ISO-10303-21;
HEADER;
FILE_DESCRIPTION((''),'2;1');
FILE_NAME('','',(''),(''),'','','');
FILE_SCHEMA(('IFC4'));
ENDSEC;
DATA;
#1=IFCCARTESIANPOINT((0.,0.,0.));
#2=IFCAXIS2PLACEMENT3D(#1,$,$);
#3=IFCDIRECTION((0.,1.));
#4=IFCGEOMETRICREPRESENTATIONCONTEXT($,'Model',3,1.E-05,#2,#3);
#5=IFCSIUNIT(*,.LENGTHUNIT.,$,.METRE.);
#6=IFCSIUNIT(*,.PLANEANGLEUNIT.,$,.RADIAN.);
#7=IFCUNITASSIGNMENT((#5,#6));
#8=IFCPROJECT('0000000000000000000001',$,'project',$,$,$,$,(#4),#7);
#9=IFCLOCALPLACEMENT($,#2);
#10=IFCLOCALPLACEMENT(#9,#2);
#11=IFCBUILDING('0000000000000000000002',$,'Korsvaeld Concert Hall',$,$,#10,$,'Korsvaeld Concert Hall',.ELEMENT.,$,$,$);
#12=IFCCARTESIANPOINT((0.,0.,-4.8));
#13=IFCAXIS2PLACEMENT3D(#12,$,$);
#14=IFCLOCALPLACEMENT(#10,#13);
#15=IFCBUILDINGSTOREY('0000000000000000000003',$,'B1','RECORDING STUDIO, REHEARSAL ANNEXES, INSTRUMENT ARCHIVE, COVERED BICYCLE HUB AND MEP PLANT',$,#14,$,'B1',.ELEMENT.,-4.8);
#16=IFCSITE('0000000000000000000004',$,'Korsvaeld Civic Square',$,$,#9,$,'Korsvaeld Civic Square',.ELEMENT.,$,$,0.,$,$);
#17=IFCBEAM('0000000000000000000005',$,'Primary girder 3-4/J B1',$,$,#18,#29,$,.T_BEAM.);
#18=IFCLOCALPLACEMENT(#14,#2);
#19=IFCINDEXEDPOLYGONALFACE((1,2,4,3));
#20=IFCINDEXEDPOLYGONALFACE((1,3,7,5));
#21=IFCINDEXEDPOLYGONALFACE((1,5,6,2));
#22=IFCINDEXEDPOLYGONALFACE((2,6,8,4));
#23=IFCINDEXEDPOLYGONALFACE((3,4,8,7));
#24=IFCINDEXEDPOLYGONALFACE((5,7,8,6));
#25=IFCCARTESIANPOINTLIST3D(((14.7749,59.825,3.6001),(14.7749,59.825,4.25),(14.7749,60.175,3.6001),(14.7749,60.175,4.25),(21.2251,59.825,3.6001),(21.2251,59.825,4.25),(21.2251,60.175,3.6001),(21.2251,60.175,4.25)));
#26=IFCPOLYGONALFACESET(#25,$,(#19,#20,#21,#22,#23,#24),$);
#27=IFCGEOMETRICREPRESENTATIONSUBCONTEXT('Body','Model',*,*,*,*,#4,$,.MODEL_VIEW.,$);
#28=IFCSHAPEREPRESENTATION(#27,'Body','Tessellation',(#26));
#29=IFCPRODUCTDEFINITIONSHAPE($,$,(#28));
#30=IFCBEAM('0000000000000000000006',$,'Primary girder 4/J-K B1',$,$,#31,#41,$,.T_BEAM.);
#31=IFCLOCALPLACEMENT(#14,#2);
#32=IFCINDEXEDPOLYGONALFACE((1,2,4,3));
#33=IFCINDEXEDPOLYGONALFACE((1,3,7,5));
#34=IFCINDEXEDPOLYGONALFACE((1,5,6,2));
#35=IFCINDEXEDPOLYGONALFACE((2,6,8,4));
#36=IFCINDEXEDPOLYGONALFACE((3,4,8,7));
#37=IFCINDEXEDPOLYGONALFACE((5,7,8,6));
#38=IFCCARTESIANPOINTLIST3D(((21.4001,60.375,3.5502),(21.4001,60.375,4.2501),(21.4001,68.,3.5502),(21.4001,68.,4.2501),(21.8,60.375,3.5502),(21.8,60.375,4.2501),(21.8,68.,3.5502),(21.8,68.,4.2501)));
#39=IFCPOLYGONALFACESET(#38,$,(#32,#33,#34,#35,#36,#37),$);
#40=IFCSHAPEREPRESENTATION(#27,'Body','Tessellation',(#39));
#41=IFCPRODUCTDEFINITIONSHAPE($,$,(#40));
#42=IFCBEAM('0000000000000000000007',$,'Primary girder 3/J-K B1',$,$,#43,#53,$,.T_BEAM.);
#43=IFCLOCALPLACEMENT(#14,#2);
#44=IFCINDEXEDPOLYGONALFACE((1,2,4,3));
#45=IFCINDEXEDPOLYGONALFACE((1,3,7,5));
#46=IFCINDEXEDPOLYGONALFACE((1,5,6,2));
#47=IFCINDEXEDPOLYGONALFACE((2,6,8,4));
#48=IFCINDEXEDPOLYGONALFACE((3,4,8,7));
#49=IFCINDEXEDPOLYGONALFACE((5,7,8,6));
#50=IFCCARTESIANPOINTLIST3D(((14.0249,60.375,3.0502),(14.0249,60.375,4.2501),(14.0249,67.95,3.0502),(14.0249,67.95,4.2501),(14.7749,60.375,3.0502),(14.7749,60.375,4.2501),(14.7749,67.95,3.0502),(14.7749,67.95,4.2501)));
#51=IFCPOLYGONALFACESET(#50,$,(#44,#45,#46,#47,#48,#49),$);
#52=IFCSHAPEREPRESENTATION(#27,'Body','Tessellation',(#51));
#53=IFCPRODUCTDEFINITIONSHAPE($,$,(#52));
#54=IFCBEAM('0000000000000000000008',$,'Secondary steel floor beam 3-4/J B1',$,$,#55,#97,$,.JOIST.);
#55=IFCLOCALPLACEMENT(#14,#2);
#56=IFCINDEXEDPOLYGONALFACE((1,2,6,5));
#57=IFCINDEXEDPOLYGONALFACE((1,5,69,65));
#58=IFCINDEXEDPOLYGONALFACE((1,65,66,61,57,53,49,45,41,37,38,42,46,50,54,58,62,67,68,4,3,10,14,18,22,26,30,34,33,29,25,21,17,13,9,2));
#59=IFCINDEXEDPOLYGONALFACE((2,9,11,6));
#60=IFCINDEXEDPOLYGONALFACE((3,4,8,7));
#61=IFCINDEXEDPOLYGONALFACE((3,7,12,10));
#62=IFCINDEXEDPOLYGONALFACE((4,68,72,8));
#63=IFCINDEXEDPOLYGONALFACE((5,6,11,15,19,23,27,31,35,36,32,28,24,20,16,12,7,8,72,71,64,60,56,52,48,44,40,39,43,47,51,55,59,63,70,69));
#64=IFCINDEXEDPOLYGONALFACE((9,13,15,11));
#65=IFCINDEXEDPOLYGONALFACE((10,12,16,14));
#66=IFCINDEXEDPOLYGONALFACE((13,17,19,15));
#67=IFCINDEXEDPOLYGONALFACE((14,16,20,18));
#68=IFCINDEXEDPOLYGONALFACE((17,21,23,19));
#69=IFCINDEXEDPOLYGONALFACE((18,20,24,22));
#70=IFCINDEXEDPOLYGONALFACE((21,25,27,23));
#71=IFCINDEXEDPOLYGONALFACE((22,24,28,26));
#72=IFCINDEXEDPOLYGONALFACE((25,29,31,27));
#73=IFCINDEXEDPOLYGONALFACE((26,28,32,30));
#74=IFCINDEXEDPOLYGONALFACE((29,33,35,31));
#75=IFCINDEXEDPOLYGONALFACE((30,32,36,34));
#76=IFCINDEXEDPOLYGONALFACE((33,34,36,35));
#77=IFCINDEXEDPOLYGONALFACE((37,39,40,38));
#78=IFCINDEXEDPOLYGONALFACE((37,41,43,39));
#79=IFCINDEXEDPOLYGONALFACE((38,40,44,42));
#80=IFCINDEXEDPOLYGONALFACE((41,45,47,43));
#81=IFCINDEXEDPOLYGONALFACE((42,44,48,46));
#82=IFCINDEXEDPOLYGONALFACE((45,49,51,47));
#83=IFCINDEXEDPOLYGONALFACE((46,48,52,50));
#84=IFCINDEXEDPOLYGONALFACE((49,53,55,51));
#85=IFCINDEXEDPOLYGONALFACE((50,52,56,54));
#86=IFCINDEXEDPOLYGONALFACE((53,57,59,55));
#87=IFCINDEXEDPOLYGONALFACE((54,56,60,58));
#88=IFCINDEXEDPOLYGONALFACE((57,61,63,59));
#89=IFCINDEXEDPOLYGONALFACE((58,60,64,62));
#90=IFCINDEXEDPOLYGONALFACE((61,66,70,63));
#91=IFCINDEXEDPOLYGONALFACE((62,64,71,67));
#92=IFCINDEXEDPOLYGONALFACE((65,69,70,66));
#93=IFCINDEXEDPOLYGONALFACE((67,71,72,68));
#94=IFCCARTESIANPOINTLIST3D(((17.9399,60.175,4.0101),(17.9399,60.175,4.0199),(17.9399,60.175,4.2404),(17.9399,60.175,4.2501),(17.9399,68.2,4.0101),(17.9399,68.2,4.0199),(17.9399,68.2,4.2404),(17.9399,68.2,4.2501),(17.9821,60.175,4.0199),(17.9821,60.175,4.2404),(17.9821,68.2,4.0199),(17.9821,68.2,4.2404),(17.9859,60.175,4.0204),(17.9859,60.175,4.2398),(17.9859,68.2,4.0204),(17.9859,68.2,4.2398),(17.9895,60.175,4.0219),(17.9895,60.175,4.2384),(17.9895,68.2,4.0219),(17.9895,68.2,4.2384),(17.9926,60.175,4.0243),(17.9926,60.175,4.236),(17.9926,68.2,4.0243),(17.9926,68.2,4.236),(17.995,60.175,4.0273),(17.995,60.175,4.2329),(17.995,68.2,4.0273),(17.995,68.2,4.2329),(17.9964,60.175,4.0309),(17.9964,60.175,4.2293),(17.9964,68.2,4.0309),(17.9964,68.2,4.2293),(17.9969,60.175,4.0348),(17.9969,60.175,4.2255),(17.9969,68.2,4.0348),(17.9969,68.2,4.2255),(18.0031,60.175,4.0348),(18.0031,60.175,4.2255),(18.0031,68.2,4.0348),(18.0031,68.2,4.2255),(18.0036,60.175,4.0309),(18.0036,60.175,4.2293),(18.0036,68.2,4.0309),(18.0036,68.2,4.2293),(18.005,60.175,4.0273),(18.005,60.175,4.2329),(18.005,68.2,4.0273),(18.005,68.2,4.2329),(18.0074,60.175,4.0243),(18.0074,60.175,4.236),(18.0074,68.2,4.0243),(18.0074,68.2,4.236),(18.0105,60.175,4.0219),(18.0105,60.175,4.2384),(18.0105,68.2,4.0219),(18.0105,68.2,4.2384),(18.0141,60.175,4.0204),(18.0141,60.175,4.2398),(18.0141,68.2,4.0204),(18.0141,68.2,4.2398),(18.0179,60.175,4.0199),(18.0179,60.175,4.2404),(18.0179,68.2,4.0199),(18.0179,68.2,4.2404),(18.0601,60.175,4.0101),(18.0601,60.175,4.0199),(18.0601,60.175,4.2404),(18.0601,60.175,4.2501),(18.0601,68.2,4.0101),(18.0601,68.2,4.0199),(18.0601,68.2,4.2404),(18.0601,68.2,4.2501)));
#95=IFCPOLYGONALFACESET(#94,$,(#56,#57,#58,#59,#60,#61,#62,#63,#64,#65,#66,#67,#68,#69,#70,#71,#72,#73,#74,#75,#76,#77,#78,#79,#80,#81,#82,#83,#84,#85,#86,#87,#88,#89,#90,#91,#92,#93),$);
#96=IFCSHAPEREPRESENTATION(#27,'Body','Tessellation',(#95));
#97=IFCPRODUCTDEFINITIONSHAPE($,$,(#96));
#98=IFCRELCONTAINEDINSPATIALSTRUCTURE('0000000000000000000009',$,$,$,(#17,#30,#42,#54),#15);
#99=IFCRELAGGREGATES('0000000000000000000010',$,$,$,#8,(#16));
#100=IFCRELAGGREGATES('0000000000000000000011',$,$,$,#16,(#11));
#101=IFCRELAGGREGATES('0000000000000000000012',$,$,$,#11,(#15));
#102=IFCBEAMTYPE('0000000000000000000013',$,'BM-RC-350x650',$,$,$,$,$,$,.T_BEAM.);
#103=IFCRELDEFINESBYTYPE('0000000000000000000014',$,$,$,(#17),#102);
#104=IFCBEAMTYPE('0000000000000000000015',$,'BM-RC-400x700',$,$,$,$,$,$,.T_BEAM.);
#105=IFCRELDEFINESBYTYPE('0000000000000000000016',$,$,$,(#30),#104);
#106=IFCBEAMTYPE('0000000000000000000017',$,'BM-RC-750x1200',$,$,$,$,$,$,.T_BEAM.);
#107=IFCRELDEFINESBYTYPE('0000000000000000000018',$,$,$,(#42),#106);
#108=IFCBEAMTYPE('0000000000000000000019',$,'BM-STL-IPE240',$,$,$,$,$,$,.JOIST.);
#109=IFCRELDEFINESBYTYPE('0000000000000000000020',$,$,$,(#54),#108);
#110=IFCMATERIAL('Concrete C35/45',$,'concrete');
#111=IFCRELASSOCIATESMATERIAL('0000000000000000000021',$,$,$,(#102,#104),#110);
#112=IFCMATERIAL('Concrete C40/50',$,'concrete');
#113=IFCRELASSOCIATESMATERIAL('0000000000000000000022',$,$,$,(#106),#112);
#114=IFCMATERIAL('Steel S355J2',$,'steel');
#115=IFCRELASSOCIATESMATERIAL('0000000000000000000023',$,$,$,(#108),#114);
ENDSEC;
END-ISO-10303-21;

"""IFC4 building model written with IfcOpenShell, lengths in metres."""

from ifc_helpers import new_model, si_unit, direction, frame, origin, origin_2d, place, context, subcontext, project, spatial, rectangle, i_section, extrude, material, material_profile, profile_set, type_object, element, save


model = new_model("IFC4")

# Units and contexts
model_context = context("Model", 3, precision=1e-05, world=origin(), true_north=direction((0.0, 1.0)))
body_context = subcontext(model_context, "Body", "Model", "MODEL_VIEW")
ifc_project = project(units=[si_unit("LENGTHUNIT", "METRE"), si_unit("PLANEANGLEUNIT", "RADIAN")], contexts=[model_context])

# Site, building, storey
site_placement = place(None, origin())
site = spatial("IfcSite", under=ifc_project, at=site_placement, Name="Korsvaeld Civic Square", LongName="Korsvaeld Civic Square", CompositionType="ELEMENT", RefElevation=0.0)
building_placement = place(site_placement, origin())
building = spatial("IfcBuilding", under=site, at=building_placement, Name="Korsvaeld Concert Hall", LongName="Korsvaeld Concert Hall", CompositionType="ELEMENT")
storey_placement = place(building_placement, frame((0.0, 0.0, -4.8)))
storey = spatial("IfcBuildingStorey", under=building, at=storey_placement, Name="B1", Description="RECORDING STUDIO, REHEARSAL ANNEXES, INSTRUMENT ARCHIVE, COVERED BICYCLE HUB AND MEP PLANT", LongName="B1", CompositionType="ELEMENT", Elevation=-4.8)

# Shared definitions
ifc_material_1 = material(Name="Concrete C35/45", Category="concrete")

# Shared definitions
ifc_material_2 = material(Name="Concrete C40/50", Category="concrete")

# Beams
ifc_material_profile_1 = material_profile(ifc_material_1, rectangle(XDim=0.3501, YDim=0.6499, at=origin_2d()), Name="RC 350x650")
ifc_profile_set_1 = profile_set([ifc_material_profile_1], Name="Concrete C35/45")
beam_type_1 = type_object("IfcBeamType", Name="BM-RC-350x650", PredefinedType="T_BEAM", material=ifc_profile_set_1)
beam_1_placement = place(storey_placement, frame((14.7749, 60.0, 3.925), z_axis=(1.0, 0.0, 0.0), x_axis=(0.0, 1.0, 0.0)))
element("IfcBeam", 1, at=beam_1_placement, inside=storey, type_object=beam_type_1, Name="Primary girder 3-4/J B1", PredefinedType="T_BEAM", context=body_context, shape_type="SweptSolid", body=[
    extrude(rectangle(XDim=0.3501, YDim=0.6499, at=origin_2d()), origin(), (0.0, 0.0, 1.0), 6.4502),
])
ifc_material_profile_2 = material_profile(ifc_material_1, rectangle(XDim=0.3999, YDim=0.7, at=origin_2d()), Name="RC 400x700")
ifc_profile_set_2 = profile_set([ifc_material_profile_2], Name="Concrete C35/45")
beam_type_2 = type_object("IfcBeamType", Name="BM-RC-400x700", PredefinedType="T_BEAM", material=ifc_profile_set_2)
beam_2_placement = place(storey_placement, frame((21.6001, 60.375, 3.9001), z_axis=(0.0, 1.0, 0.0), x_axis=(-1.0, 0.0, 0.0)))
element("IfcBeam", 2, at=beam_2_placement, inside=storey, type_object=beam_type_2, Name="Primary girder 4/J-K B1", PredefinedType="T_BEAM", context=body_context, shape_type="SweptSolid", body=[
    extrude(rectangle(XDim=0.3999, YDim=0.7, at=origin_2d()), origin(), (0.0, 0.0, 1.0), 7.625),
])
ifc_material_profile_3 = material_profile(ifc_material_2, rectangle(XDim=0.75, YDim=1.2, at=origin_2d()), Name="RC 750x1200")
ifc_profile_set_3 = profile_set([ifc_material_profile_3], Name="Concrete C40/50")
beam_type_3 = type_object("IfcBeamType", Name="BM-RC-750x1200", PredefinedType="T_BEAM", material=ifc_profile_set_3)
beam_3_placement = place(storey_placement, frame((14.3999, 60.375, 3.6501), z_axis=(0.0, 1.0, 0.0), x_axis=(-1.0, 0.0, 0.0)))
element("IfcBeam", 3, at=beam_3_placement, inside=storey, type_object=beam_type_3, Name="Primary girder 3/J-K B1", PredefinedType="T_BEAM", context=body_context, shape_type="SweptSolid", body=[
    extrude(rectangle(XDim=0.75, YDim=1.2, at=origin_2d()), origin(), (0.0, 0.0, 1.0), 7.575),
])
ifc_material_3 = material(Name="Steel S355J2", Category="steel")
ifc_material_profile_4 = material_profile(ifc_material_3, i_section(OverallWidth=0.1201, OverallDepth=0.24, WebThickness=0.0061, FlangeThickness=0.0098, FilletRadius=0.0149, at=origin_2d()), Name="IPE 240")
ifc_profile_set_4 = profile_set([ifc_material_profile_4], Name="Steel S355J2")
beam_type_4 = type_object("IfcBeamType", Name="BM-STL-IPE240", PredefinedType="JOIST", material=ifc_profile_set_4)
beam_4_placement = place(storey_placement, frame((18.0, 60.175, 4.1301), z_axis=(0.0, 1.0, 0.0), x_axis=(-1.0, 0.0, 0.0)))
element("IfcBeam", 4, at=beam_4_placement, inside=storey, type_object=beam_type_4, Name="Secondary steel floor beam 3-4/J B1", PredefinedType="JOIST", context=body_context, shape_type="SweptSolid", body=[
    extrude(i_section(OverallWidth=0.1201, OverallDepth=0.24, WebThickness=0.0061, FlangeThickness=0.0098, FilletRadius=0.0149, at=origin_2d()), origin(), (0.0, 0.0, 1.0), 8.0249),
])

save(model, "model.ifc")
